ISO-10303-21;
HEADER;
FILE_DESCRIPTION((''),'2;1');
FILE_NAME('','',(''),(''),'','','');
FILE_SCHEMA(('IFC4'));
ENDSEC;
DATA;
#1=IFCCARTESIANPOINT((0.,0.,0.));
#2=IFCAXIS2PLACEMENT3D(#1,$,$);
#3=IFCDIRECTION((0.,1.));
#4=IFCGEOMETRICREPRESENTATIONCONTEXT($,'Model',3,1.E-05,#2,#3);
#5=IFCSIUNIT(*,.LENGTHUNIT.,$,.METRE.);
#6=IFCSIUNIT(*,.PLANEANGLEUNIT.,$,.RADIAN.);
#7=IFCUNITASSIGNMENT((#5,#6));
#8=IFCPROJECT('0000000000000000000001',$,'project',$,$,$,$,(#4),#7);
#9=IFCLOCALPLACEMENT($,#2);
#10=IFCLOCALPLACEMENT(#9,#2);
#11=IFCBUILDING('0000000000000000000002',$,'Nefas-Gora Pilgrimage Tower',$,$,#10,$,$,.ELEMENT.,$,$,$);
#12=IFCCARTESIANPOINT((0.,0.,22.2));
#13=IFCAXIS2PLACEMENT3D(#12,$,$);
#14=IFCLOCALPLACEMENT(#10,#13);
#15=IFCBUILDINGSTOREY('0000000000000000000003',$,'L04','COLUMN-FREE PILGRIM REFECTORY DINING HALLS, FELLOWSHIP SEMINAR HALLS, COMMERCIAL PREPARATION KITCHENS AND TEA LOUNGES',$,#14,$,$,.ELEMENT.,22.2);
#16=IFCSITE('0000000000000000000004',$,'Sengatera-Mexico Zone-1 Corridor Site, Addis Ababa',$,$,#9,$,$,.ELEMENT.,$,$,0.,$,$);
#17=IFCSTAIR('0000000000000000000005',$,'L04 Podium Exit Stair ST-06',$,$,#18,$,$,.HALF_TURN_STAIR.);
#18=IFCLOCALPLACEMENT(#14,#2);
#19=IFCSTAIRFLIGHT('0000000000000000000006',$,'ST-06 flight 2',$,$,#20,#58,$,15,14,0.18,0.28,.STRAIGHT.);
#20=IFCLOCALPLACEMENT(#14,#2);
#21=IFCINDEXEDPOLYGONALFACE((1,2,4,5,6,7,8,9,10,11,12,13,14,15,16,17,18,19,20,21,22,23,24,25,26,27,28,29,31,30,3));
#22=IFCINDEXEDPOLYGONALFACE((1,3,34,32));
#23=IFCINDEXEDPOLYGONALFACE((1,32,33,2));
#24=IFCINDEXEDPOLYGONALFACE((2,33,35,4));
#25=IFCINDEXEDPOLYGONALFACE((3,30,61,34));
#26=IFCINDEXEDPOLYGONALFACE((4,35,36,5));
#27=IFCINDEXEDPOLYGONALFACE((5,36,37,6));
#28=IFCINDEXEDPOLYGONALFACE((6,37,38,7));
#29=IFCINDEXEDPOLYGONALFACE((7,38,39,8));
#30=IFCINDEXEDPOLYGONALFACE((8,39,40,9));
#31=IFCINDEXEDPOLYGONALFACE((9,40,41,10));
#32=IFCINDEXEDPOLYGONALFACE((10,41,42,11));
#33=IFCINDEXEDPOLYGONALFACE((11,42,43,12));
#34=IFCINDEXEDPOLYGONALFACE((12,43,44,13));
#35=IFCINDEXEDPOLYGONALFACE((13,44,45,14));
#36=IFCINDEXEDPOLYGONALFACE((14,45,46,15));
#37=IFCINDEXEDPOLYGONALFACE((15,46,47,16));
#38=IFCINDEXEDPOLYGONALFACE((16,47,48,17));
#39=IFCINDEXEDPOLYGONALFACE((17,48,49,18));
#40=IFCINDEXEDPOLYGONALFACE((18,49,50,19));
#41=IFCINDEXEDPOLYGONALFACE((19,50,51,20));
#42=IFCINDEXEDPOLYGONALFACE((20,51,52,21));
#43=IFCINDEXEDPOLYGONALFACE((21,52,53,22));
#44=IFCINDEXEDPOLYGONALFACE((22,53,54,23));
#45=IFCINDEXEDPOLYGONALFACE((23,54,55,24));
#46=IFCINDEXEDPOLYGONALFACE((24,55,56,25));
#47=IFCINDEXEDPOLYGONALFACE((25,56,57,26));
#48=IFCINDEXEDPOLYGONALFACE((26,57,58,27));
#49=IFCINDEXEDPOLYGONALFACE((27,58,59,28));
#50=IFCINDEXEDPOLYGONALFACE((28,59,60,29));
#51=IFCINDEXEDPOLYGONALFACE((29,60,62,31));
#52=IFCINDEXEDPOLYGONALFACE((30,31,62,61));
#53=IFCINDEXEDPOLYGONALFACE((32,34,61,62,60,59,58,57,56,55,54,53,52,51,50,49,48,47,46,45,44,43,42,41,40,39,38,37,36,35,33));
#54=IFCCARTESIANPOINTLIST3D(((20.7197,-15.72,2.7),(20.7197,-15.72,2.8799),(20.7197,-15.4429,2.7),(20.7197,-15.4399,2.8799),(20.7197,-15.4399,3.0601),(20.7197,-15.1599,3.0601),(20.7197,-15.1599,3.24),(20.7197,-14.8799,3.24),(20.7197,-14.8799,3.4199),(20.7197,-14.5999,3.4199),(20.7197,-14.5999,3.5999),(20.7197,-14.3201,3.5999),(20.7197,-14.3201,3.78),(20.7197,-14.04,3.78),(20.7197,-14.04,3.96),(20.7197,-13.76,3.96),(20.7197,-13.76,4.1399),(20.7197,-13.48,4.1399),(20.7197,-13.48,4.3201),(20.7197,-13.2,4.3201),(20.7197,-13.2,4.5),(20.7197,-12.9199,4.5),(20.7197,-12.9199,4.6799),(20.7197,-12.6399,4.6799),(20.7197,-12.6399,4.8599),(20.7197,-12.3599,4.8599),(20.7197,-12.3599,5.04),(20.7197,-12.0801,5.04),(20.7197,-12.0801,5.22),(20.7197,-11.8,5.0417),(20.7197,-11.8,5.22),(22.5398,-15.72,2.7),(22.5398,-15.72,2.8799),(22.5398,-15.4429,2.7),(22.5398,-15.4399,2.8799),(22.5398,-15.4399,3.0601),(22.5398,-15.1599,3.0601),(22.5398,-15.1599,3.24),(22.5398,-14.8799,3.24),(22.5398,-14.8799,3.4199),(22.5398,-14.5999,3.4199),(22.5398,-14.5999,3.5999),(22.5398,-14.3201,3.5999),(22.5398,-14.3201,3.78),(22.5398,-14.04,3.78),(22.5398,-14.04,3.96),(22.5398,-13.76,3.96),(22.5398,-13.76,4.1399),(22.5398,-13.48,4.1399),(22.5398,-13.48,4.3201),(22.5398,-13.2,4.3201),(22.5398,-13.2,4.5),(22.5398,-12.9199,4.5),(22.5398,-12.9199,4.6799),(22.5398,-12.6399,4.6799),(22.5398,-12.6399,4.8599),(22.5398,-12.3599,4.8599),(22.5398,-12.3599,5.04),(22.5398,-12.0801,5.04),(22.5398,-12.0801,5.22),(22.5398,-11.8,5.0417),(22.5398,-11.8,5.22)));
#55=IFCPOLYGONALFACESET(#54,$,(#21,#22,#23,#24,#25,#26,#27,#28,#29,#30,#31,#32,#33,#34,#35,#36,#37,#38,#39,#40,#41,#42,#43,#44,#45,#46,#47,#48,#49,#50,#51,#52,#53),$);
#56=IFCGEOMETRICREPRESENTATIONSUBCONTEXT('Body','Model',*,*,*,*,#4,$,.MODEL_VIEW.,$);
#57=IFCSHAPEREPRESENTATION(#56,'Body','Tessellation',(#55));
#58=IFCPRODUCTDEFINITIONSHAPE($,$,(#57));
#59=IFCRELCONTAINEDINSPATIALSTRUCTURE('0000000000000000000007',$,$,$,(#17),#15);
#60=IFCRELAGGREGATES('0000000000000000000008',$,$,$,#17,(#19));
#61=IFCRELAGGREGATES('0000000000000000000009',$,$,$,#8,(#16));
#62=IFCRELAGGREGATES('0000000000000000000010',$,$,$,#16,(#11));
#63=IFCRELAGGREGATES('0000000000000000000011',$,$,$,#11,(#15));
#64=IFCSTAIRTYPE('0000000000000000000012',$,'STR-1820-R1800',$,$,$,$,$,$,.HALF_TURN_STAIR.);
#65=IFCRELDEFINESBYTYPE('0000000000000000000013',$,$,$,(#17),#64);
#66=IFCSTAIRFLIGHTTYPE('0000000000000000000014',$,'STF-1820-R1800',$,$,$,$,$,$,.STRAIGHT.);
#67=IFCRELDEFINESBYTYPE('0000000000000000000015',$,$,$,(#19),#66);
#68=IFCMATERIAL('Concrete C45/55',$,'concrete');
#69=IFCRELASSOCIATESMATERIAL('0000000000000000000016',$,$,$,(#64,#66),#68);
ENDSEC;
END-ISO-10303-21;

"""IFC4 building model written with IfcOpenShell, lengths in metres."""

from ifc_helpers import new_model, si_unit, direction, frame, origin, place, context, subcontext, project, spatial, polyline, outline, extrude, source, transform, mapped, material, type_object, element, aggregate, save


model = new_model("IFC4")

# Units and contexts
model_context = context("Model", 3, precision=1e-05, world=origin(), true_north=direction((0.0, 1.0)))
body_context = subcontext(model_context, "Body", "Model", "MODEL_VIEW")
ifc_project = project(units=[si_unit("LENGTHUNIT", "METRE"), si_unit("PLANEANGLEUNIT", "RADIAN")], contexts=[model_context])

# Site, building, storey
site_placement = place(None, origin())
site = spatial("IfcSite", under=ifc_project, at=site_placement, Name="Sengatera-Mexico Zone-1 Corridor Site, Addis Ababa", CompositionType="ELEMENT", RefElevation=0.0)
building_placement = place(site_placement, origin())
building = spatial("IfcBuilding", under=site, at=building_placement, Name="Nefas-Gora Pilgrimage Tower", CompositionType="ELEMENT")
storey_placement = place(building_placement, frame((0.0, 0.0, 22.2)))
storey = spatial("IfcBuildingStorey", under=building, at=storey_placement, Name="L04", Description="COLUMN-FREE PILGRIM REFECTORY DINING HALLS, FELLOWSHIP SEMINAR HALLS, COMMERCIAL PREPARATION KITCHENS AND TEA LOUNGES", CompositionType="ELEMENT", Elevation=22.2)

# Shared definitions
ifc_material_1 = material(Name="Concrete C45/55", Category="concrete")

# Stair, stair flight
stair_type = type_object("IfcStairType", Name="STR-1820-R1800", PredefinedType="HALF_TURN_STAIR", material=ifc_material_1)
stair_placement = place(storey_placement, origin())
stair = element("IfcStair", 1, at=stair_placement, inside=storey, type_object=stair_type, Name="L04 Podium Exit Stair ST-06", PredefinedType="HALF_TURN_STAIR")
stair_flight_type = type_object("IfcStairFlightType", Name="STF-1820-R1800", PredefinedType="STRAIGHT", material=ifc_material_1)
shared_shape_1 = source(origin(), body_context, "Body", "SweptSolid", [
    extrude(outline(polyline([(0.0, 0.0), (0.0, 0.1799), (0.28, 0.1799), (0.28, 0.3601), (0.5601, 0.3601), (0.5601, 0.54), (0.8401, 0.54), (0.8401, 0.72), (1.1201, 0.72), (1.1201, 0.8999), (1.3999, 0.8999), (1.3999, 1.0801), (1.6799, 1.0801), (1.6799, 1.26), (1.96, 1.26), (1.96, 1.4399), (2.24, 1.4399), (2.24, 1.6201), (2.52, 1.6201), (2.52, 1.8), (2.8, 1.8), (2.8, 1.98), (3.0801, 1.98), (3.0801, 2.1599), (3.3601, 2.1599), (3.3601, 2.3401), (3.6399, 2.3401), (3.6399, 2.52), (3.9199, 2.52), (3.9199, 2.7), (3.9199, 2.3418), (0.2771, 0.0), (0.0, 0.0)])), frame((0.0, 0.9102, 0.0), z_axis=(0.0, -1.0, 0.0), x_axis=(1.0, 0.0, 0.0)), (0.0, 0.0, 1.0), 1.8201),
])
stair_flight_1_placement = place(storey_placement, frame((21.6299, -15.72, 2.7), z_axis=(0.0, 0.0, 1.0), x_axis=(0.0, 1.0, 0.0)))
stair_flight_1 = element("IfcStairFlight", 2, at=stair_flight_1_placement, type_object=stair_flight_type, Name="ST-06 flight 2", NumberOfRisers=15, NumberOfTreads=14, PredefinedType="STRAIGHT", RiserHeight=0.18, TreadLength=0.28, context=body_context, shape_type="MappedRepresentation", body=[
    mapped(shared_shape_1, transform((0.0, 0.0, 0.0), x_axis=(1.0, 0.0, 0.0), y_axis=(0.0, 1.0, 0.0), z_axis=(0.0, 0.0, 1.0), scale=1.0)),
])
aggregate(stair, [stair_flight_1])

save(model, "model.ifc")
